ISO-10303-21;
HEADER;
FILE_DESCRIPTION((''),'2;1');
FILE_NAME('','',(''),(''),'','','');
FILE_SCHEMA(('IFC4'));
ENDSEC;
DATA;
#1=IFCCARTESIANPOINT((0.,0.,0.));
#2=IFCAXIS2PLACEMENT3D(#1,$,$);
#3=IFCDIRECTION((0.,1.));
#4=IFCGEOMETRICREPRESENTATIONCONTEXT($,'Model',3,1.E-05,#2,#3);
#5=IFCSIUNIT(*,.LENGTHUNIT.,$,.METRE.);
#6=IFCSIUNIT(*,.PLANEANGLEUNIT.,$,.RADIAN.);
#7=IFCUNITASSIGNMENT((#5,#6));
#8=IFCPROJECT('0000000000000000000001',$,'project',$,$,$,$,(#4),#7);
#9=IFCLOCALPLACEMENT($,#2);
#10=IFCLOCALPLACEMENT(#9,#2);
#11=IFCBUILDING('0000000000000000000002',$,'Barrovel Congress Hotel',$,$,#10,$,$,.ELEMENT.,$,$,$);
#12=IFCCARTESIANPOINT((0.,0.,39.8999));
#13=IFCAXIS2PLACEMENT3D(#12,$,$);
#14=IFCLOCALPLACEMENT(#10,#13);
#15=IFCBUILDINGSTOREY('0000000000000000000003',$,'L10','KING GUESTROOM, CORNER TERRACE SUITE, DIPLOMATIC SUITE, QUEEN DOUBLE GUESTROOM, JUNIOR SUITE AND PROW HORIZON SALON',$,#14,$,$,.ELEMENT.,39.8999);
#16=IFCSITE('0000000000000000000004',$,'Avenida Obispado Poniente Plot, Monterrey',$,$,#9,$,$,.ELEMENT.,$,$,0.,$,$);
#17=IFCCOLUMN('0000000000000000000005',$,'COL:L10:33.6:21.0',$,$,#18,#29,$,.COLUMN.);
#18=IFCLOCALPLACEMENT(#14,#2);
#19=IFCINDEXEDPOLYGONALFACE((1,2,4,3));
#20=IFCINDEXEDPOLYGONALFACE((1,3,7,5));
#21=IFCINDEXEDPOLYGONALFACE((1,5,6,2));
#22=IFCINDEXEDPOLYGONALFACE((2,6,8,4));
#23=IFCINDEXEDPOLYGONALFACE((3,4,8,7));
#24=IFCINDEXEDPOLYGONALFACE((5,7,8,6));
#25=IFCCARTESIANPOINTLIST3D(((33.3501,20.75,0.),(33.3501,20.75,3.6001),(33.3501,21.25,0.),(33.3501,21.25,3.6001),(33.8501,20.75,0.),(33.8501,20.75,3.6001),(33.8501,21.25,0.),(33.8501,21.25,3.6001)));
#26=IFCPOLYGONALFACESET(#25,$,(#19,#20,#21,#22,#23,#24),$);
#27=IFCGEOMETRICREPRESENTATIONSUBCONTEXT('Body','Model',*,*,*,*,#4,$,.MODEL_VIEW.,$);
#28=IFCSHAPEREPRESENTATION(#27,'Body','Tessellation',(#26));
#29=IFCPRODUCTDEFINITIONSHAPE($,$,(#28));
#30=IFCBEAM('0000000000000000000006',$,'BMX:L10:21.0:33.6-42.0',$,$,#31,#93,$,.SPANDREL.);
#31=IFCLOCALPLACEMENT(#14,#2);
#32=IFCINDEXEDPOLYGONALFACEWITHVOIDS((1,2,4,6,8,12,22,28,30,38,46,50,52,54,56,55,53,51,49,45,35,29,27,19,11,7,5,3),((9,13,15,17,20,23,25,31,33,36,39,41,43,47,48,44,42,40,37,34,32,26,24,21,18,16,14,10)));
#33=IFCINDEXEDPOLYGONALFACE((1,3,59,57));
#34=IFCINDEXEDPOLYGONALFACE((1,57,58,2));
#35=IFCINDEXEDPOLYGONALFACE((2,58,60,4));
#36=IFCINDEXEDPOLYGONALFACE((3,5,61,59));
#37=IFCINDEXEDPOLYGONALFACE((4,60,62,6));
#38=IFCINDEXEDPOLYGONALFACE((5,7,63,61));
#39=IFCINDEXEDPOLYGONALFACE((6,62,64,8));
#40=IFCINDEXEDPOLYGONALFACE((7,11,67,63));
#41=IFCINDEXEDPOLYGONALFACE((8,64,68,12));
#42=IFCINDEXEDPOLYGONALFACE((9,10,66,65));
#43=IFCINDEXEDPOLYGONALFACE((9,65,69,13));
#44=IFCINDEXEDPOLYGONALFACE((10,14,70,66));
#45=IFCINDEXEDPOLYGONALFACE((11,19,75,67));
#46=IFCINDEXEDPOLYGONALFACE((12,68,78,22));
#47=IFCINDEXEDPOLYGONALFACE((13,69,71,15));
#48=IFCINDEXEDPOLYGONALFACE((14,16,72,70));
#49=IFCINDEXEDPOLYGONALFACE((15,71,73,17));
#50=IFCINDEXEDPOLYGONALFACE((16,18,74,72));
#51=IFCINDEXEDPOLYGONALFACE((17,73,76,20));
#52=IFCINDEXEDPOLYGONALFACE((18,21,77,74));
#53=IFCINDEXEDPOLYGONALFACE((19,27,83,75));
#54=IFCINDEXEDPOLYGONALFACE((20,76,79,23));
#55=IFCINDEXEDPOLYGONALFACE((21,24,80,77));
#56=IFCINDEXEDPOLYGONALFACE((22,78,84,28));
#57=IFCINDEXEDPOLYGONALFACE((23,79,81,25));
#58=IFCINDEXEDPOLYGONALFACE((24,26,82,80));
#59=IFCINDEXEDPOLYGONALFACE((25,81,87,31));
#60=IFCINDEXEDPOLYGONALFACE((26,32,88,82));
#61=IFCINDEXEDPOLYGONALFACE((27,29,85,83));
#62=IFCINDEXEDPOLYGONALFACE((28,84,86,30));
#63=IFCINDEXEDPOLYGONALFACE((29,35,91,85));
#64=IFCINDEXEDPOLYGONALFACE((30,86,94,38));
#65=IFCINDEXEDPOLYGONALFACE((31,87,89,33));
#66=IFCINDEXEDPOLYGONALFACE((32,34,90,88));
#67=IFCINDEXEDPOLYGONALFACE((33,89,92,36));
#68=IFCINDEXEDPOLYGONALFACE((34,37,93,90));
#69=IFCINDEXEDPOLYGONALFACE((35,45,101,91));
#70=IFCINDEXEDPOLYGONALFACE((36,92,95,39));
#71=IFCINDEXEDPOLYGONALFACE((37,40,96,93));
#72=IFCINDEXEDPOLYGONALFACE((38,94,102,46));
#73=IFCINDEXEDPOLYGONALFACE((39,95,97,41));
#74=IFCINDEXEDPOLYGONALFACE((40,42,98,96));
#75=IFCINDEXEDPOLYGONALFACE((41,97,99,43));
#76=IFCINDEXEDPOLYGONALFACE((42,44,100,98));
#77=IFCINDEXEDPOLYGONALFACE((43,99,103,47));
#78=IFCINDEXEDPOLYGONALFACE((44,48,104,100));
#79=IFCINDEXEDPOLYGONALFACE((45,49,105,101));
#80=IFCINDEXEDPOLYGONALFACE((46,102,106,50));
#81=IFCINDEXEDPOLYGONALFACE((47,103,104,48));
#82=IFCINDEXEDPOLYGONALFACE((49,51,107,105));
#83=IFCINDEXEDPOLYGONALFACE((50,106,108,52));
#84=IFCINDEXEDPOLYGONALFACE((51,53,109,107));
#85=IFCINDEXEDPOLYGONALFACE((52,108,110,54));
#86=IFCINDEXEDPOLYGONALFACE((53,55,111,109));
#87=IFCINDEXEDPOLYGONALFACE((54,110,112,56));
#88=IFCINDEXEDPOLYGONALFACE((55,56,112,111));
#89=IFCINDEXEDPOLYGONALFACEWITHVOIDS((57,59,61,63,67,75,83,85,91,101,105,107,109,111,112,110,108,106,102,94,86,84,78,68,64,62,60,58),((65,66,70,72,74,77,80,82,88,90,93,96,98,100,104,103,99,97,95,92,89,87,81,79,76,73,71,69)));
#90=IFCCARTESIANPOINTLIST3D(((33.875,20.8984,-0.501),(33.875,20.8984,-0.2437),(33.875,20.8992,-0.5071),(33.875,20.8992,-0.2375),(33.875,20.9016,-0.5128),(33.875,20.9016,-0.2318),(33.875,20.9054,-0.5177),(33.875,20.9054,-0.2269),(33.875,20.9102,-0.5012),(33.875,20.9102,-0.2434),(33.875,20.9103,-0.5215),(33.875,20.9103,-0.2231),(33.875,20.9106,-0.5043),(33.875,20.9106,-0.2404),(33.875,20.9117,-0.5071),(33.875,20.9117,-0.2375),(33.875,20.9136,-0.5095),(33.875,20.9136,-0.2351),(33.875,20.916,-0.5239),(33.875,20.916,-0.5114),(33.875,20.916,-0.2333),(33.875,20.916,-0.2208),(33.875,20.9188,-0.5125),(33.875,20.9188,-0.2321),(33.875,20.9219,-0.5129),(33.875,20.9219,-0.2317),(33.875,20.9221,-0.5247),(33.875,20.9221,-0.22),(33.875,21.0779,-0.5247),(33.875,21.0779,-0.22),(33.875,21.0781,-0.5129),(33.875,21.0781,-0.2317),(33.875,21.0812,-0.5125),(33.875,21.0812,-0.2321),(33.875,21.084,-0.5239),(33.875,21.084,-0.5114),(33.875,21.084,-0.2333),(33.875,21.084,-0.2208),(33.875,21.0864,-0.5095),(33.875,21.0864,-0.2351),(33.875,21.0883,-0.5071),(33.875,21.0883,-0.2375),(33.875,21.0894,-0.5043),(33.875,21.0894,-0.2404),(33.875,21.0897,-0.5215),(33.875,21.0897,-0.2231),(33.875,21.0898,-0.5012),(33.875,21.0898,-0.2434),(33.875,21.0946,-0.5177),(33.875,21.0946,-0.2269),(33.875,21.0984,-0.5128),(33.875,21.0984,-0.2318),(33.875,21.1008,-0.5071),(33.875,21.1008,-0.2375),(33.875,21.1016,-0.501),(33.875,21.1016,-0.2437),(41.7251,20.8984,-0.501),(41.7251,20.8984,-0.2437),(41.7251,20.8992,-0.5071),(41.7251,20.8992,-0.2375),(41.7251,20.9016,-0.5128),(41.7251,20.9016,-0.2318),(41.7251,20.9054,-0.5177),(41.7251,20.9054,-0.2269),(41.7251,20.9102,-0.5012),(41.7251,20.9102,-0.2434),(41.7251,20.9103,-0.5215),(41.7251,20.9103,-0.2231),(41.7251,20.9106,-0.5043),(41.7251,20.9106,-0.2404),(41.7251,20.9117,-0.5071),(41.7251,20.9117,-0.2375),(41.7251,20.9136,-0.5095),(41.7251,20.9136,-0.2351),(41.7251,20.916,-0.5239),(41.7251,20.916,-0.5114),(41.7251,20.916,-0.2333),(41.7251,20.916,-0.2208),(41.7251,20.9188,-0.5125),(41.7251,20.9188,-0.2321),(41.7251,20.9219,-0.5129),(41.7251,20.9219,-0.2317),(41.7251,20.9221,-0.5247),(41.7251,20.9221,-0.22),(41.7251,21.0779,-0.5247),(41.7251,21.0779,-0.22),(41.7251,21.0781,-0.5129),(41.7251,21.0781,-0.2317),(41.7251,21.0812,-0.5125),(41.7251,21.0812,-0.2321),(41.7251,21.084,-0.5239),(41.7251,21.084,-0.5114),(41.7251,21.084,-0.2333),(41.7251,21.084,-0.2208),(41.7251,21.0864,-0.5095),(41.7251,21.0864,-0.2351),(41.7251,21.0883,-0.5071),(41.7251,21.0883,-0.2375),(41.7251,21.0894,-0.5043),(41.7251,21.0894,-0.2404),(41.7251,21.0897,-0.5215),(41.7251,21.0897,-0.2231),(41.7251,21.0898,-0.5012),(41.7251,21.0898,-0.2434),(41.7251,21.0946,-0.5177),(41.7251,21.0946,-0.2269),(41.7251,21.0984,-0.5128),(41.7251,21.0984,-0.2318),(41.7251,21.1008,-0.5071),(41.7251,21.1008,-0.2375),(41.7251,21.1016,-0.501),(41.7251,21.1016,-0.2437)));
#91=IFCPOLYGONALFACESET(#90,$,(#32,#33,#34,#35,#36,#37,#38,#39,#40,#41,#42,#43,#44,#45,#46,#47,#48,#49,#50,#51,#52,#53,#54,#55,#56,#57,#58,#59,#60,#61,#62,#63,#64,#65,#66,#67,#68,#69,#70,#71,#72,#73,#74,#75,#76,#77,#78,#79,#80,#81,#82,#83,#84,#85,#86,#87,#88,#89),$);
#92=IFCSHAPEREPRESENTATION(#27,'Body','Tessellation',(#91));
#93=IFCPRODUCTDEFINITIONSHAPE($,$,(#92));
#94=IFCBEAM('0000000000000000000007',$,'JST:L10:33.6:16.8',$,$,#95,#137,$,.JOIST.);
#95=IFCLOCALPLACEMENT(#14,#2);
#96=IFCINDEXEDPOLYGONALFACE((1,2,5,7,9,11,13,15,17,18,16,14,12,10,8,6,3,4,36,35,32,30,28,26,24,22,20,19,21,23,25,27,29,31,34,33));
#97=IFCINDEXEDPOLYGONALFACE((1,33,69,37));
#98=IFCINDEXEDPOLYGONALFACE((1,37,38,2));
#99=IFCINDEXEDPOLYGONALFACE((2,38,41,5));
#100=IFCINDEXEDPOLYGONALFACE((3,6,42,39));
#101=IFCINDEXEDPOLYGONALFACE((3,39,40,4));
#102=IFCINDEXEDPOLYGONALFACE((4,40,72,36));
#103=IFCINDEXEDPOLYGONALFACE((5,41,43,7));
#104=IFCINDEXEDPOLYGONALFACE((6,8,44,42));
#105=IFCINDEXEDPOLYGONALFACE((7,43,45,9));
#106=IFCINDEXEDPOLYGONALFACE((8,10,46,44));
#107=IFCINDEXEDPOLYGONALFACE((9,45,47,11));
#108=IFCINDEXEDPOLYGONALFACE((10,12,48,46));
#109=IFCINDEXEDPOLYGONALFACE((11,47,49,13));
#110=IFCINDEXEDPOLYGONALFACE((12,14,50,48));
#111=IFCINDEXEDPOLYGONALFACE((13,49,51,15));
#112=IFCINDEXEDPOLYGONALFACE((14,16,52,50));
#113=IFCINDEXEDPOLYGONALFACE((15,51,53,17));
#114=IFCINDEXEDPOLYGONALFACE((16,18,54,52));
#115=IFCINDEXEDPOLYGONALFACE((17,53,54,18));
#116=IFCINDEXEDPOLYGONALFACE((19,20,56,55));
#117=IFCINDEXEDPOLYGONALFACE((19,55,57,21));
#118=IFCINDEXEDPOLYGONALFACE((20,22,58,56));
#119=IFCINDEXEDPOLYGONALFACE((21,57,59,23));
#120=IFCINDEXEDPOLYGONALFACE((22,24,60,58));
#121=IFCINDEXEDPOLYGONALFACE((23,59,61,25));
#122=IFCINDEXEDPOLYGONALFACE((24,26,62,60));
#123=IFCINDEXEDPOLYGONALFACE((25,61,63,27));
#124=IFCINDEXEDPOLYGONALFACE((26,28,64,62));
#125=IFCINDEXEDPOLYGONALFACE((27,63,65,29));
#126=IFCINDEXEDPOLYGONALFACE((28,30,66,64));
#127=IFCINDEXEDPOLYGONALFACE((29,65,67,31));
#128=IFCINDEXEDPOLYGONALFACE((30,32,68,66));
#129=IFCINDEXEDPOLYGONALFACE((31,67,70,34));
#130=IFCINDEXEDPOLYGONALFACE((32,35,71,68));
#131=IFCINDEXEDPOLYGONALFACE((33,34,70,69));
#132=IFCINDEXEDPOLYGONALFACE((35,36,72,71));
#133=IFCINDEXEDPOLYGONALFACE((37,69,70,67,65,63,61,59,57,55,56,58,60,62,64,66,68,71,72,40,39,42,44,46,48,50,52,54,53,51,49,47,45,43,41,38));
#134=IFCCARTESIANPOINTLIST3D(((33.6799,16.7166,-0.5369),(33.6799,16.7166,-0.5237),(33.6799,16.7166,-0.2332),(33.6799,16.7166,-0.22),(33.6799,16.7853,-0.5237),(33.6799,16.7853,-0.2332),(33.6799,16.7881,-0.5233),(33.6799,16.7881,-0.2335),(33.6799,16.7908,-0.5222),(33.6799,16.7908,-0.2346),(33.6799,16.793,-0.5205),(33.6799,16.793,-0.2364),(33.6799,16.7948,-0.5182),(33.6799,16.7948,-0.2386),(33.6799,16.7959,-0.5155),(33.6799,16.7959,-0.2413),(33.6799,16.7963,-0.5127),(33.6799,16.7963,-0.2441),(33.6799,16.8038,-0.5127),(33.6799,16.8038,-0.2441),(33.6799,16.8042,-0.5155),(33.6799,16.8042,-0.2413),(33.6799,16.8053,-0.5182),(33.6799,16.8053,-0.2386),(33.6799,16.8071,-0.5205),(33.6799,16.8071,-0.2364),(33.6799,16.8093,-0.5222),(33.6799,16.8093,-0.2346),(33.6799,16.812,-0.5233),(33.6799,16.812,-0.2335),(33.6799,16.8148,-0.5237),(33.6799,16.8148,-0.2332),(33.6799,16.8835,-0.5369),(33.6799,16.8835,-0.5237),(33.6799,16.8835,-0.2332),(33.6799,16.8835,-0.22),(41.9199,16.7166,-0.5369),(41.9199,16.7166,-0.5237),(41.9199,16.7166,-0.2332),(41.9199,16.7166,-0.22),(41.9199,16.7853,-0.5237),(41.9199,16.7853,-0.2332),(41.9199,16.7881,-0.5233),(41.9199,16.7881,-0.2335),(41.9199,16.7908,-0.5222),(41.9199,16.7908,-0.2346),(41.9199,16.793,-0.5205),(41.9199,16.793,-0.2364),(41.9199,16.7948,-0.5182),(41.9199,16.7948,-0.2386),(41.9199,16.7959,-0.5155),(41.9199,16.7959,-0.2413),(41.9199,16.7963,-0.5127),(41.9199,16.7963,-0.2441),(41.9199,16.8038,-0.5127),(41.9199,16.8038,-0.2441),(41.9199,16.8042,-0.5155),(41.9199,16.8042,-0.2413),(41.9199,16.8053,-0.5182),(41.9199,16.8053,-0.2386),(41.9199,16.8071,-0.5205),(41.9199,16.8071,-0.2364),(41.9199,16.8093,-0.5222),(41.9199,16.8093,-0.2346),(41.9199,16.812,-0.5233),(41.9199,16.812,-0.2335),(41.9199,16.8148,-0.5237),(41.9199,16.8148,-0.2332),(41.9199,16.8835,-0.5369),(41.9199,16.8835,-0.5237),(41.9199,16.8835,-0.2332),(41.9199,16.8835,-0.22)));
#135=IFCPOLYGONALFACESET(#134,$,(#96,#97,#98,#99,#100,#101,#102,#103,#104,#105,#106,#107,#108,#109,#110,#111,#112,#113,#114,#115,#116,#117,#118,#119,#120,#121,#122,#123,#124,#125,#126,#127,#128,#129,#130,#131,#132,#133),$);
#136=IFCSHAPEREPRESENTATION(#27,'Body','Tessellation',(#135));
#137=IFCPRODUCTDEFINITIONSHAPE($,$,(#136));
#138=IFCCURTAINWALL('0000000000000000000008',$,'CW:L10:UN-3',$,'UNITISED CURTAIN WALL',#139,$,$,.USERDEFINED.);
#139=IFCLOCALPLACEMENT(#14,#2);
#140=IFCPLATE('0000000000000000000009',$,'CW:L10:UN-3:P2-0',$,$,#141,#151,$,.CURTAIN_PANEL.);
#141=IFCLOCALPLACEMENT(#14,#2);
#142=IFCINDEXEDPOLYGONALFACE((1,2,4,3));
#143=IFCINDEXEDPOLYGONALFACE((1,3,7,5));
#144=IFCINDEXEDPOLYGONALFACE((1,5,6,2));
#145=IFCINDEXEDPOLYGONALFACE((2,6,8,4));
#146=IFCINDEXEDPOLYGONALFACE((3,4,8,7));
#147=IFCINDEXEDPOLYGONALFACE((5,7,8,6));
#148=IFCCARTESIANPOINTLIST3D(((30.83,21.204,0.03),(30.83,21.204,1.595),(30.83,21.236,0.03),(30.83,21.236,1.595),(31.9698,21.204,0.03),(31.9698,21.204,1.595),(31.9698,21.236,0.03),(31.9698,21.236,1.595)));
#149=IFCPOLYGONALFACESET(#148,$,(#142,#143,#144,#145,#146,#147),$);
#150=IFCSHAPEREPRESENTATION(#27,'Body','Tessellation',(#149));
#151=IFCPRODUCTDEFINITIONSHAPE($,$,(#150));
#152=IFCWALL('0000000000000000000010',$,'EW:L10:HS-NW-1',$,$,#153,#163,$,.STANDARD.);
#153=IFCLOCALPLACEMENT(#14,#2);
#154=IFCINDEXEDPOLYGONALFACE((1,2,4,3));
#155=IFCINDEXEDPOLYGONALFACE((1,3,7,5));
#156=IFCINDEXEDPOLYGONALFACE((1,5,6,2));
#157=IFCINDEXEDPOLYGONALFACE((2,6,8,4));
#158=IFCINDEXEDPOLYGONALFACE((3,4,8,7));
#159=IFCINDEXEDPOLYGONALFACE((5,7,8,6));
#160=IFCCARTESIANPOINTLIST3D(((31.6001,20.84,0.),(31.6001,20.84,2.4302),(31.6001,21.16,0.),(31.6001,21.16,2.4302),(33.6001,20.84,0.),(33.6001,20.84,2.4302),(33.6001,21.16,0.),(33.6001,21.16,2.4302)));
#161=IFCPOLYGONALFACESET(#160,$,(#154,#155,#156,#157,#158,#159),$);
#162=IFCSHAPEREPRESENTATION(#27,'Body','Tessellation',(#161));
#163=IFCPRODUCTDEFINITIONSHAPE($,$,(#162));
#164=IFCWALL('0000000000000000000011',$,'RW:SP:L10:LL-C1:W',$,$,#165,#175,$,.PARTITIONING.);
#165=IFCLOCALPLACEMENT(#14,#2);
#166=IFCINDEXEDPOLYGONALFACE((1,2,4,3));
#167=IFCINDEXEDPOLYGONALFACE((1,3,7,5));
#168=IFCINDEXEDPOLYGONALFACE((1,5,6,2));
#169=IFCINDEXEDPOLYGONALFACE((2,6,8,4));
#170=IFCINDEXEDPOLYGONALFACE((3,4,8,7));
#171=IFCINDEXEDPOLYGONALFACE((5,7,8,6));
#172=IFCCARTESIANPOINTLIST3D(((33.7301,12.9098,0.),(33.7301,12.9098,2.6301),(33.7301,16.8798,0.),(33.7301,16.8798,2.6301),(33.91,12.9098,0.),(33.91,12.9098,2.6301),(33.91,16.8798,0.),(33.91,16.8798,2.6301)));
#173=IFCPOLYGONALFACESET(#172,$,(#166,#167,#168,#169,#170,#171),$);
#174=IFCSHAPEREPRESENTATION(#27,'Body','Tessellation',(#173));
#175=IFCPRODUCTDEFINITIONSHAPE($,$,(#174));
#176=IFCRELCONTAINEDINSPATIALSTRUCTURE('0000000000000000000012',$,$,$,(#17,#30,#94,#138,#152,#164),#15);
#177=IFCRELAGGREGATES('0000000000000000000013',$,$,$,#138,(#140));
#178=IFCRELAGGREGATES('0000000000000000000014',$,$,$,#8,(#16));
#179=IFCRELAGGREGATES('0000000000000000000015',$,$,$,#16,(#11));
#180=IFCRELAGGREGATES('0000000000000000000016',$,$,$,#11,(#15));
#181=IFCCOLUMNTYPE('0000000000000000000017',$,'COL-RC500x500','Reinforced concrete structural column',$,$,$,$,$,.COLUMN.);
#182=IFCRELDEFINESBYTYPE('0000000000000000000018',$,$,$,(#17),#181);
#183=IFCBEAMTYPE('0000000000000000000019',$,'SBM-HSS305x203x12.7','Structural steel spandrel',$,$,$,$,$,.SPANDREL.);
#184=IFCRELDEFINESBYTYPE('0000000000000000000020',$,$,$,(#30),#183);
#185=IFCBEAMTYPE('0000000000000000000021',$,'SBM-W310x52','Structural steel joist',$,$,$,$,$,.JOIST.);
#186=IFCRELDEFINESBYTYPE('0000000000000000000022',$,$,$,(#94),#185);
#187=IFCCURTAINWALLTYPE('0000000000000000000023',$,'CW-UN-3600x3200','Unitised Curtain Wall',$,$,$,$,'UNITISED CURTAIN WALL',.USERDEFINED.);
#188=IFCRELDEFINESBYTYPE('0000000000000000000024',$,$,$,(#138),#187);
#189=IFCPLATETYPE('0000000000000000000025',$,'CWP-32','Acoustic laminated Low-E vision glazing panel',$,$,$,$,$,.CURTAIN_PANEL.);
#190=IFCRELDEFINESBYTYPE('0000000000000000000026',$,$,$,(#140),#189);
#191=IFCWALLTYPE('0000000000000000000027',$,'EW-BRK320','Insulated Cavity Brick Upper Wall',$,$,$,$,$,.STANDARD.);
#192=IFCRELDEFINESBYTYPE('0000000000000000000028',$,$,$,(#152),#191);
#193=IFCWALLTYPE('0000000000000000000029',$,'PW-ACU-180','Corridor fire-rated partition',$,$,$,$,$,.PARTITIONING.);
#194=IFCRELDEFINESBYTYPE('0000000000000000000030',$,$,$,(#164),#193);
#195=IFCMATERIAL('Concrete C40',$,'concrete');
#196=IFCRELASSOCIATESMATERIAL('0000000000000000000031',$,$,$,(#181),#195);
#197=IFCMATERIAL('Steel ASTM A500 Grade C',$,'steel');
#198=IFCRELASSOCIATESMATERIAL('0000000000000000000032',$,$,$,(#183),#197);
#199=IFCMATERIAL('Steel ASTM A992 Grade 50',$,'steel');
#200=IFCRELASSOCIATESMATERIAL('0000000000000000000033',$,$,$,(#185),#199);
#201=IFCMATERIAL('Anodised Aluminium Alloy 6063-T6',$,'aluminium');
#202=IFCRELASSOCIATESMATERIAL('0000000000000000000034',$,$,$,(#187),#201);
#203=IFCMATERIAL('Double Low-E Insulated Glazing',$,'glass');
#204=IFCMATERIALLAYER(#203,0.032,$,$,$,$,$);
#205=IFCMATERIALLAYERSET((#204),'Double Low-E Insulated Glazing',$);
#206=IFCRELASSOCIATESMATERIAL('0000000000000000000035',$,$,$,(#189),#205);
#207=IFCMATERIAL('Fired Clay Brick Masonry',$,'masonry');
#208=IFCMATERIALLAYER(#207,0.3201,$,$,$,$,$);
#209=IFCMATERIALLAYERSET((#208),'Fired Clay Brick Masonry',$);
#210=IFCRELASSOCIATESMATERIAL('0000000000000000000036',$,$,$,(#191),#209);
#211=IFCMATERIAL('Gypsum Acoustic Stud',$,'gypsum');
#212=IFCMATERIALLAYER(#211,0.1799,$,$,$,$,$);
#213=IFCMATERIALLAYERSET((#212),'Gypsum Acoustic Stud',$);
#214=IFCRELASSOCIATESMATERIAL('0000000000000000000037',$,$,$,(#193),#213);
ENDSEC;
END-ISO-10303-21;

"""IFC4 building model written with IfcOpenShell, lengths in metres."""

from ifc_helpers import new_model, si_unit, direction, frame, frame_2d, origin, origin_2d, place, context, subcontext, project, spatial, rectangle, hollow_rectangle, i_section, extrude, material, layer, layer_set, material_profile, profile_set, type_object, element, aggregate, save


model = new_model("IFC4")

# Units and contexts
model_context = context("Model", 3, precision=1e-05, world=origin(), true_north=direction((0.0, 1.0)))
body_context = subcontext(model_context, "Body", "Model", "MODEL_VIEW")
ifc_project = project(units=[si_unit("LENGTHUNIT", "METRE"), si_unit("PLANEANGLEUNIT", "RADIAN")], contexts=[model_context])

# Site, building, storey
site_placement = place(None, origin())
site = spatial("IfcSite", under=ifc_project, at=site_placement, Name="Avenida Obispado Poniente Plot, Monterrey", CompositionType="ELEMENT", RefElevation=0.0)
building_placement = place(site_placement, origin())
building = spatial("IfcBuilding", under=site, at=building_placement, Name="Barrovel Congress Hotel", CompositionType="ELEMENT")
storey_placement = place(building_placement, frame((0.0, 0.0, 39.8999)))
storey = spatial("IfcBuildingStorey", under=building, at=storey_placement, Name="L10", Description="KING GUESTROOM, CORNER TERRACE SUITE, DIPLOMATIC SUITE, QUEEN DOUBLE GUESTROOM, JUNIOR SUITE AND PROW HORIZON SALON", CompositionType="ELEMENT", Elevation=39.8999)

# Column
ifc_material_1 = material(Name="Concrete C40", Category="concrete")
ifc_material_profile_1 = material_profile(ifc_material_1, rectangle(XDim=0.5, YDim=0.5, at=origin_2d()), Name="RC500x500")
ifc_profile_set_1 = profile_set([ifc_material_profile_1], Name="Concrete C40")
column_type = type_object("IfcColumnType", Name="COL-RC500x500", Description="Reinforced concrete structural column", PredefinedType="COLUMN", material=ifc_profile_set_1)
column_placement = place(storey_placement, frame((33.6001, 21.0, 0.0), z_axis=(0.0, 0.0, 1.0), x_axis=(1.0, 0.0, 0.0)))
element("IfcColumn", 1, at=column_placement, inside=storey, type_object=column_type, Name="COL:L10:33.6:21.0", PredefinedType="COLUMN", context=body_context, shape_type="SweptSolid", body=[
    extrude(rectangle(XDim=0.5, YDim=0.5, at=origin_2d()), origin(), (0.0, 0.0, 1.0), 3.6001),
])

# Beams
ifc_material_2 = material(Name="Steel ASTM A500 Grade C", Category="steel")
ifc_material_profile_2 = material_profile(ifc_material_2, hollow_rectangle(XDim=0.2031, YDim=0.3047, WallThickness=0.0117, InnerFilletRadius=0.0117, OuterFilletRadius=0.0237, at=origin_2d()), Name="HSS305x203x12.7")
ifc_profile_set_2 = profile_set([ifc_material_profile_2], Name="Steel ASTM A500 Grade C")
beam_type_1 = type_object("IfcBeamType", Name="SBM-HSS305x203x12.7", Description="Structural steel spandrel", PredefinedType="SPANDREL", material=ifc_profile_set_2)
beam_1_placement = place(storey_placement, frame((33.875, 21.0, -0.3723), z_axis=(1.0, 0.0, 0.0), x_axis=(0.0, 1.0, 0.0)))
element("IfcBeam", 2, at=beam_1_placement, inside=storey, type_object=beam_type_1, Name="BMX:L10:21.0:33.6-42.0", PredefinedType="SPANDREL", context=body_context, shape_type="SweptSolid", body=[
    extrude(hollow_rectangle(XDim=0.2031, YDim=0.3047, WallThickness=0.0117, InnerFilletRadius=0.0117, OuterFilletRadius=0.0237, at=origin_2d()), origin(), (0.0, 0.0, 1.0), 7.8501),
])
ifc_material_3 = material(Name="Steel ASTM A992 Grade 50", Category="steel")
ifc_material_profile_3 = material_profile(ifc_material_3, i_section(OverallWidth=0.167, OverallDepth=0.3169, WebThickness=0.0076, FlangeThickness=0.0132, FilletRadius=0.011, at=origin_2d()), Name="W310x52")
ifc_profile_set_3 = profile_set([ifc_material_profile_3], Name="Steel ASTM A992 Grade 50")
beam_type_2 = type_object("IfcBeamType", Name="SBM-W310x52", Description="Structural steel joist", PredefinedType="JOIST", material=ifc_profile_set_3)
beam_2_placement = place(storey_placement, frame((33.6799, 16.8, -0.3784), z_axis=(1.0, 0.0, 0.0), x_axis=(0.0, 1.0, 0.0)))
element("IfcBeam", 3, at=beam_2_placement, inside=storey, type_object=beam_type_2, Name="JST:L10:33.6:16.8", PredefinedType="JOIST", context=body_context, shape_type="SweptSolid", body=[
    extrude(i_section(OverallWidth=0.167, OverallDepth=0.3169, WebThickness=0.0076, FlangeThickness=0.0132, FilletRadius=0.011, at=origin_2d()), origin(), (0.0, 0.0, 1.0), 8.24),
])

# Curtain wall, plate
ifc_material_4 = material(Name="Anodised Aluminium Alloy 6063-T6", Category="aluminium")
curtain_wall_type = type_object("IfcCurtainWallType", Name="CW-UN-3600x3200", Description="Unitised Curtain Wall", ElementType="UNITISED CURTAIN WALL", PredefinedType="USERDEFINED", material=ifc_material_4)
curtain_wall_placement = place(storey_placement, origin())
curtain_wall = element("IfcCurtainWall", 4, at=curtain_wall_placement, inside=storey, type_object=curtain_wall_type, Name="CW:L10:UN-3", ObjectType="UNITISED CURTAIN WALL", PredefinedType="USERDEFINED")
ifc_material_5 = material(Name="Double Low-E Insulated Glazing", Category="glass")
ifc_layer_1 = layer(ifc_material_5, 0.032)
ifc_layer_set_1 = layer_set([ifc_layer_1], Name="Double Low-E Insulated Glazing")
plate_type = type_object("IfcPlateType", Name="CWP-32", Description="Acoustic laminated Low-E vision glazing panel", PredefinedType="CURTAIN_PANEL", material=ifc_layer_set_1)
plate_placement = place(storey_placement, frame((31.3999, 21.22, 0.03), z_axis=(0.0, 0.0, 1.0), x_axis=(1.0, 0.0, 0.0)))
plate = element("IfcPlate", 5, at=plate_placement, type_object=plate_type, Name="CW:L10:UN-3:P2-0", PredefinedType="CURTAIN_PANEL", context=body_context, shape_type="SweptSolid", body=[
    extrude(rectangle(XDim=1.1399, YDim=0.032, at=origin_2d()), origin(), (0.0, 0.0, 1.0), 1.5649),
])
aggregate(curtain_wall, [plate])

# Walls
ifc_material_6 = material(Name="Fired Clay Brick Masonry", Category="masonry")
ifc_layer_2 = layer(ifc_material_6, 0.3201)
ifc_layer_set_2 = layer_set([ifc_layer_2], Name="Fired Clay Brick Masonry")
wall_type_1 = type_object("IfcWallType", Name="EW-BRK320", Description="Insulated Cavity Brick Upper Wall", PredefinedType="STANDARD", material=ifc_layer_set_2)
wall_1_placement = place(storey_placement, frame((33.6001, 21.0, 0.0), z_axis=(0.0, 0.0, 1.0), x_axis=(-1.0, 0.0, 0.0)))
element("IfcWall", 6, at=wall_1_placement, inside=storey, type_object=wall_type_1, Name="EW:L10:HS-NW-1", PredefinedType="STANDARD", context=body_context, shape_type="SweptSolid", body=[
    extrude(rectangle(XDim=2.0, YDim=0.3201, at=frame_2d((1.0, 0.0))), origin(), (0.0, 0.0, 1.0), 2.4302),
])
ifc_material_7 = material(Name="Gypsum Acoustic Stud", Category="gypsum")
ifc_layer_3 = layer(ifc_material_7, 0.1799)
ifc_layer_set_3 = layer_set([ifc_layer_3], Name="Gypsum Acoustic Stud")
wall_type_2 = type_object("IfcWallType", Name="PW-ACU-180", Description="Corridor fire-rated partition", PredefinedType="PARTITIONING", material=ifc_layer_set_3)
wall_2_placement = place(storey_placement, frame((33.8201, 12.9099, 0.0), z_axis=(0.0, 0.0, 1.0), x_axis=(0.0, 1.0, 0.0)))
element("IfcWall", 7, at=wall_2_placement, inside=storey, type_object=wall_type_2, Name="RW:SP:L10:LL-C1:W", PredefinedType="PARTITIONING", context=body_context, shape_type="SweptSolid", body=[
    extrude(rectangle(XDim=3.97, YDim=0.1799, at=frame_2d((1.9849, 0.0))), origin(), (0.0, 0.0, 1.0), 2.6301),
])

save(model, "model.ifc")
